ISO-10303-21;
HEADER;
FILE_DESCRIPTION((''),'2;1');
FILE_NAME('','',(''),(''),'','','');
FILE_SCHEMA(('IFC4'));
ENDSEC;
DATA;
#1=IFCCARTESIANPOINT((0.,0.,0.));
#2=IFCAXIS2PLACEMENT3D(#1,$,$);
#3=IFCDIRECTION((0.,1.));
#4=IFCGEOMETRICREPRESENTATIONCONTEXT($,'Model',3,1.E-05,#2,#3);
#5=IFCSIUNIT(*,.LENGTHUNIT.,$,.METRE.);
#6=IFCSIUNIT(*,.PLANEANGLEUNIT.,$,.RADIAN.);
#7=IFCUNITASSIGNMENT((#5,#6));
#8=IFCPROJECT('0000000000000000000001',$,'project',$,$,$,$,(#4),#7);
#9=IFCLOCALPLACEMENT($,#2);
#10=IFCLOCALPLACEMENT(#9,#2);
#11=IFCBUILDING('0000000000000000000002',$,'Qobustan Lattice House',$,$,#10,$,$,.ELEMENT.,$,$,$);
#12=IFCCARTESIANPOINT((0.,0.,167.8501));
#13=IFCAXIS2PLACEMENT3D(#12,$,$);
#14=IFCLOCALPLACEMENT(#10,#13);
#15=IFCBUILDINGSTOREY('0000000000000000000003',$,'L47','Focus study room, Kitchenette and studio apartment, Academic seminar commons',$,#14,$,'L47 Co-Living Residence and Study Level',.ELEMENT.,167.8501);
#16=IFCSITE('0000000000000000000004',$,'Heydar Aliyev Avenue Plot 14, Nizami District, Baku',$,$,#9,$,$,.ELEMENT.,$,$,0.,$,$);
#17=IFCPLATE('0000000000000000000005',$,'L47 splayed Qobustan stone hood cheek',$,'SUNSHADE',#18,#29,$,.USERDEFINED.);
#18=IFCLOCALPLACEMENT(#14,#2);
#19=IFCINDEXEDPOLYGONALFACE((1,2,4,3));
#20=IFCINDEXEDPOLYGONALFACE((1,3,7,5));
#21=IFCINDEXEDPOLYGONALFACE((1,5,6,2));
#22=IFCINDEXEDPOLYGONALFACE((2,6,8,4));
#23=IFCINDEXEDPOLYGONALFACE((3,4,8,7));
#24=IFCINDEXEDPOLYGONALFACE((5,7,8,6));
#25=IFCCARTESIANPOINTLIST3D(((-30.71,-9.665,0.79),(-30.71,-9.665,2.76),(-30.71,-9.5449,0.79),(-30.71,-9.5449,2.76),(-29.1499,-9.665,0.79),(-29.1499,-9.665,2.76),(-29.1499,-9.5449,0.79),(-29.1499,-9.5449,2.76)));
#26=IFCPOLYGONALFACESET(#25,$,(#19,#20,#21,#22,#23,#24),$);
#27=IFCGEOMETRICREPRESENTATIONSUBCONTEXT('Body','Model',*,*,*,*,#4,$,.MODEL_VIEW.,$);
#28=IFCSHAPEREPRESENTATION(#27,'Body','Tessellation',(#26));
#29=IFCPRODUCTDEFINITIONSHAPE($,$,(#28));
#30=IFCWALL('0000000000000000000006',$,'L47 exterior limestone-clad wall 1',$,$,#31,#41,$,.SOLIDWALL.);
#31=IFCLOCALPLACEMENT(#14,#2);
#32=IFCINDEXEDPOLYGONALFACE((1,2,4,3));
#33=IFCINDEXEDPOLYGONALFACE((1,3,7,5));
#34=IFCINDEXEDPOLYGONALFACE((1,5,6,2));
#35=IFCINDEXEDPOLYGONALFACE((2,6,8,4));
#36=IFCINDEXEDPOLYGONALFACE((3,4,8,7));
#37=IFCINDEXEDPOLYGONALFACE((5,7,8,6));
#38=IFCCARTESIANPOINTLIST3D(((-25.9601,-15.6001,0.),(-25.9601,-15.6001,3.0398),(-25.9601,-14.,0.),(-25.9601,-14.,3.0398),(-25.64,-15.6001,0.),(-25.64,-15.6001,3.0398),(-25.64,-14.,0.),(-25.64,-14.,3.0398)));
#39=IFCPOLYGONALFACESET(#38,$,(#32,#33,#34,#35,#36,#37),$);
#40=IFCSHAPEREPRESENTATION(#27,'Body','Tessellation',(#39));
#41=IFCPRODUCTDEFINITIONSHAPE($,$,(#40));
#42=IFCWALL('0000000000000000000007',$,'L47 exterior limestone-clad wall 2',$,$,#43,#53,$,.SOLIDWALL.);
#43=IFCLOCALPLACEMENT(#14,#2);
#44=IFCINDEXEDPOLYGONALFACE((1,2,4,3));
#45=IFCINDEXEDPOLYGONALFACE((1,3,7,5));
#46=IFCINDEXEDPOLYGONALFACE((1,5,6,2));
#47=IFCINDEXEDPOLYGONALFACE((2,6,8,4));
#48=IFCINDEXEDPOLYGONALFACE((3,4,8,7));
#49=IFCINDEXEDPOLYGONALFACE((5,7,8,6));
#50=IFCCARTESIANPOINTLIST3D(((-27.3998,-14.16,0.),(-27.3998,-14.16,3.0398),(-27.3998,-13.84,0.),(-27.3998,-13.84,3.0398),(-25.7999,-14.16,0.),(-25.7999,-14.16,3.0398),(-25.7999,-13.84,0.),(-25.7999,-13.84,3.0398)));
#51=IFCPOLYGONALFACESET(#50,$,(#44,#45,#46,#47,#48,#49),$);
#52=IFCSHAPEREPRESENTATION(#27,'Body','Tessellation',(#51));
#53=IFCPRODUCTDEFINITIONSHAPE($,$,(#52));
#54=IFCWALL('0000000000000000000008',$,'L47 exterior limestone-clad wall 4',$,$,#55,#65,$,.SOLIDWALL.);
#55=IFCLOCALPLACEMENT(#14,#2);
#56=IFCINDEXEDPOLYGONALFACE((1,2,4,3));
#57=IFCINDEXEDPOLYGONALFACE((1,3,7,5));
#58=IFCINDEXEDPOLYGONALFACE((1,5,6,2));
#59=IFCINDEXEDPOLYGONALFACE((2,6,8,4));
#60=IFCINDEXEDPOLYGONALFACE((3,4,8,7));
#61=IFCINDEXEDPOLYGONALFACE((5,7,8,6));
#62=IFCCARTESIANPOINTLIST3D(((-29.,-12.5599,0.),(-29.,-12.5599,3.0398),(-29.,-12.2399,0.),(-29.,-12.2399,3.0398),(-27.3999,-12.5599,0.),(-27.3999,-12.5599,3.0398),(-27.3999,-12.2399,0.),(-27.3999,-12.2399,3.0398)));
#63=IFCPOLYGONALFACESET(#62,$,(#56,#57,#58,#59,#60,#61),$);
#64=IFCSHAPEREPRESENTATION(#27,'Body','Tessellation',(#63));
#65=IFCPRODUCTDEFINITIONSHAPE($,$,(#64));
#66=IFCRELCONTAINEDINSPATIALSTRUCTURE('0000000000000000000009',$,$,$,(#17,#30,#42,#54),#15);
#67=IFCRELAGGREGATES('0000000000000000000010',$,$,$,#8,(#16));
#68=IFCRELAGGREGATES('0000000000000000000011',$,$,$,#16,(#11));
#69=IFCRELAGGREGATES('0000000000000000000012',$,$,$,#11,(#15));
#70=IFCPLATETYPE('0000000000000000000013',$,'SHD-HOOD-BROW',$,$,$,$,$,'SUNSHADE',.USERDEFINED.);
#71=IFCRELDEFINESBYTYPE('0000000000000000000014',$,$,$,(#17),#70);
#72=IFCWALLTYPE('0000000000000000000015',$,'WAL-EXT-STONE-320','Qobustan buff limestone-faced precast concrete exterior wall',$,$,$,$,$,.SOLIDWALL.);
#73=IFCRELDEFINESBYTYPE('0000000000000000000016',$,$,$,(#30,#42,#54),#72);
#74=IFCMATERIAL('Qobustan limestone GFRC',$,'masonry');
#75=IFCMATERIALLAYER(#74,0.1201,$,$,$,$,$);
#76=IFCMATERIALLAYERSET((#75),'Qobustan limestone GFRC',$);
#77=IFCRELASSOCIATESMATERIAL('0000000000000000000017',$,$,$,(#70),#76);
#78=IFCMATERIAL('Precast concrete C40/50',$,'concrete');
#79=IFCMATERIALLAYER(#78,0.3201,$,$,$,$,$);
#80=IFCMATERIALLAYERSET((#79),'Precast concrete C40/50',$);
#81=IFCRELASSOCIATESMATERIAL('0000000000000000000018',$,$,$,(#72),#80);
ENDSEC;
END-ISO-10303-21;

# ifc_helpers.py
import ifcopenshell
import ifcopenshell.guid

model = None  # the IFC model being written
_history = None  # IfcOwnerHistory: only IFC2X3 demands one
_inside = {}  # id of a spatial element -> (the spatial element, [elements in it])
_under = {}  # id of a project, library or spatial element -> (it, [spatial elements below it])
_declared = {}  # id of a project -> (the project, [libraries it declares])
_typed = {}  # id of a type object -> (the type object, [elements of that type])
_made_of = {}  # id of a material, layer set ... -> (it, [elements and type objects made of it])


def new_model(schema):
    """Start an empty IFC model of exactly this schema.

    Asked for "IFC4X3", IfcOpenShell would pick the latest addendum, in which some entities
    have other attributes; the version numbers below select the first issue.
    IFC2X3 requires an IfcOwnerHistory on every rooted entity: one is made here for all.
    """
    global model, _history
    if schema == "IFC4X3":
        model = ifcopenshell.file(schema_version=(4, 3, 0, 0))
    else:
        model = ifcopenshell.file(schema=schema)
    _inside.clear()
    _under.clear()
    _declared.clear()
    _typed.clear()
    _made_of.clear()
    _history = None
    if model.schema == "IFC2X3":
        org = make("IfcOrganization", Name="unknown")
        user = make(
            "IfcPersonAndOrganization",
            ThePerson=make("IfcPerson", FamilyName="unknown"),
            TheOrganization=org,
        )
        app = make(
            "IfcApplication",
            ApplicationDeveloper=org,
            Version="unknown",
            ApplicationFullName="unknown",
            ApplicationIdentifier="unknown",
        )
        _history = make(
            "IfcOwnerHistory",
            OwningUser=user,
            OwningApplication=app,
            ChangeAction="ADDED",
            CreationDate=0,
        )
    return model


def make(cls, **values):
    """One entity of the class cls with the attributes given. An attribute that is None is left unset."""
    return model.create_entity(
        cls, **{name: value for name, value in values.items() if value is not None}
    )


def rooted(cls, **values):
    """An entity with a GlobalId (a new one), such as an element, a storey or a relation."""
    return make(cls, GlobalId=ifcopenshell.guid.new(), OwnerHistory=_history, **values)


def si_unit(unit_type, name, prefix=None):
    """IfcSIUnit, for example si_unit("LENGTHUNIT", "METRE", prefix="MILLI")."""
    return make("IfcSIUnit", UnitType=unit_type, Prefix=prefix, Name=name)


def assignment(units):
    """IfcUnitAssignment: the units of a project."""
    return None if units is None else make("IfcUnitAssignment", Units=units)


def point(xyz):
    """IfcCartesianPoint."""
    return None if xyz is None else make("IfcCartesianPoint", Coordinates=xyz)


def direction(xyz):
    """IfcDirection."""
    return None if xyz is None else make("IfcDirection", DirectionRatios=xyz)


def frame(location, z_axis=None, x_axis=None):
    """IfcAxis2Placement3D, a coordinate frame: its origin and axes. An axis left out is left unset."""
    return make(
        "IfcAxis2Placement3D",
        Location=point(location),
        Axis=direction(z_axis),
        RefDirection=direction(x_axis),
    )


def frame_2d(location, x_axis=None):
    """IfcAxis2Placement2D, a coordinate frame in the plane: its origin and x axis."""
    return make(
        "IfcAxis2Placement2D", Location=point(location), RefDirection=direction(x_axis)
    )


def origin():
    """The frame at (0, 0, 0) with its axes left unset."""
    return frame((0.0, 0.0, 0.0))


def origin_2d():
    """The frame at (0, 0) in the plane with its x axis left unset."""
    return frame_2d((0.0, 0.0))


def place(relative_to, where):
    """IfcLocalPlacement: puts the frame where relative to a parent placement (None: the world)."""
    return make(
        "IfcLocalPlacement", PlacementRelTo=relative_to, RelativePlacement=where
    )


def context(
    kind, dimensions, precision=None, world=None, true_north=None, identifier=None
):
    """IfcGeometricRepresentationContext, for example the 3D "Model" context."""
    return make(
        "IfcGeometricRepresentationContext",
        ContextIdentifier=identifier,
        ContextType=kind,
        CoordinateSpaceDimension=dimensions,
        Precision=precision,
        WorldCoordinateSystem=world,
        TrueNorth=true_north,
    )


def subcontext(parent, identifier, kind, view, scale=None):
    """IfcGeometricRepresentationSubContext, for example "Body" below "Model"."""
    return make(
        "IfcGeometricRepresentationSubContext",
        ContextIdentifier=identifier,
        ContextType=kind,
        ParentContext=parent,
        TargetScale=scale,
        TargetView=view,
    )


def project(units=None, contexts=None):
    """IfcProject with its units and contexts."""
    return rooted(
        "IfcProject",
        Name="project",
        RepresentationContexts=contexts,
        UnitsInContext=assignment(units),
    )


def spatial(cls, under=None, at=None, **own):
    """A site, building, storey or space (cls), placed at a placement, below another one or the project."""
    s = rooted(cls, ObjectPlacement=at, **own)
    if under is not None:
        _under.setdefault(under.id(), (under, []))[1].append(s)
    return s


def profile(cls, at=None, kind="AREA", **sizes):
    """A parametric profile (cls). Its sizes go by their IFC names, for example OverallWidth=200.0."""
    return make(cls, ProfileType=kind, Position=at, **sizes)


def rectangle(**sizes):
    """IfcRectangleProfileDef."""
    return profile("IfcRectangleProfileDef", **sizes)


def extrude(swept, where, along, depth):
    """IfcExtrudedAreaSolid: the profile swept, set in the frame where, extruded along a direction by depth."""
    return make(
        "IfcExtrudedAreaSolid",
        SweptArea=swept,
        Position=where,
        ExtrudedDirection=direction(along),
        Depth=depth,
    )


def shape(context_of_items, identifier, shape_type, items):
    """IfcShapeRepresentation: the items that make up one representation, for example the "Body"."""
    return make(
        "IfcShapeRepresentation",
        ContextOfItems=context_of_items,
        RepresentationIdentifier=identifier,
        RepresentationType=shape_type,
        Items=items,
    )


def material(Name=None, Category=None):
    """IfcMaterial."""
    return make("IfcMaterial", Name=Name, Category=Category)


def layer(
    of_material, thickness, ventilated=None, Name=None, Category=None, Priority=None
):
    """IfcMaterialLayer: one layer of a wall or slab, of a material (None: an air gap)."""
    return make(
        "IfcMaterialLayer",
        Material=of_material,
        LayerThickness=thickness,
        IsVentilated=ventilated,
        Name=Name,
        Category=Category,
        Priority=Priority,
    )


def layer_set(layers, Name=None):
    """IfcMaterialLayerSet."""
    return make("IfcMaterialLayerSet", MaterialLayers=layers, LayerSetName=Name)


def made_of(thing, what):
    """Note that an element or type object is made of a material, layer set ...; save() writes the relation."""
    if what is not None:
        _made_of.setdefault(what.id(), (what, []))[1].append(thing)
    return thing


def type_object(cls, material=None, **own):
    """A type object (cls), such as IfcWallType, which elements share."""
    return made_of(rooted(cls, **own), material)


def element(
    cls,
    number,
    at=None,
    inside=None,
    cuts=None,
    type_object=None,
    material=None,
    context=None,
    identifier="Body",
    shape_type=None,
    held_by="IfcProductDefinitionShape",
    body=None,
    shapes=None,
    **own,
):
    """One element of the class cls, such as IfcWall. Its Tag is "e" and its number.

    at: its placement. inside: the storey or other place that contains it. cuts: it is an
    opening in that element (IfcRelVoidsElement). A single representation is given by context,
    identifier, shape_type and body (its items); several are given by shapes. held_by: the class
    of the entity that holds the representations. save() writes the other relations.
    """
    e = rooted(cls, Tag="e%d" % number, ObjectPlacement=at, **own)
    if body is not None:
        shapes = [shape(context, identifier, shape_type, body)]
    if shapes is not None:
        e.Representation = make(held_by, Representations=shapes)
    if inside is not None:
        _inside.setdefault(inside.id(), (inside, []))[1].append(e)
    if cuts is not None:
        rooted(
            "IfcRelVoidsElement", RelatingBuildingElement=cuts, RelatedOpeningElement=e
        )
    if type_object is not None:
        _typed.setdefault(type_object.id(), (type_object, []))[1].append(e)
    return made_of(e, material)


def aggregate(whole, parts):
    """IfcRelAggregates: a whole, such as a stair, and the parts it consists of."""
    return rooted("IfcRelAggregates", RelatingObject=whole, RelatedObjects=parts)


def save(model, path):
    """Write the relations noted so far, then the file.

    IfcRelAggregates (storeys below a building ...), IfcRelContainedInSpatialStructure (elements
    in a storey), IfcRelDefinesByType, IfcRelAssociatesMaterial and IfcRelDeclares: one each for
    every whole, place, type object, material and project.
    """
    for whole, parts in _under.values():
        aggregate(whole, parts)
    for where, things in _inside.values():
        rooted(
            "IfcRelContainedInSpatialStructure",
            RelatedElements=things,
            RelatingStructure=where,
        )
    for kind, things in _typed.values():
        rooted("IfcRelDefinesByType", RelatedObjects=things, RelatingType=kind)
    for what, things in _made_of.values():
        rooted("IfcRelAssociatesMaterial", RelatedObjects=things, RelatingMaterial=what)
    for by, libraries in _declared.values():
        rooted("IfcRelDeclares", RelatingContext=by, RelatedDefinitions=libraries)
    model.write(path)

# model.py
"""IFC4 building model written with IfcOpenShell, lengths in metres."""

from ifc_helpers import new_model, si_unit, direction, frame, frame_2d, origin, origin_2d, place, context, subcontext, project, spatial, rectangle, extrude, material, layer, layer_set, type_object, element, save


model = new_model("IFC4")

# Units and contexts
model_context = context("Model", 3, precision=1e-05, world=origin(), true_north=direction((0.0, 1.0)))
body_context = subcontext(model_context, "Body", "Model", "MODEL_VIEW")
ifc_project = project(units=[si_unit("LENGTHUNIT", "METRE"), si_unit("PLANEANGLEUNIT", "RADIAN")], contexts=[model_context])

# Site, building, storey
site_placement = place(None, origin())
site = spatial("IfcSite", under=ifc_project, at=site_placement, Name="Heydar Aliyev Avenue Plot 14, Nizami District, Baku", CompositionType="ELEMENT", RefElevation=0.0)
building_placement = place(site_placement, origin())
building = spatial("IfcBuilding", under=site, at=building_placement, Name="Qobustan Lattice House", CompositionType="ELEMENT")
storey_placement = place(building_placement, frame((0.0, 0.0, 167.8501)))
storey = spatial("IfcBuildingStorey", under=building, at=storey_placement, Name="L47", Description="Focus study room, Kitchenette and studio apartment, Academic seminar commons", LongName="L47 Co-Living Residence and Study Level", CompositionType="ELEMENT", Elevation=167.8501)

# Plate
ifc_material_1 = material(Name="Qobustan limestone GFRC", Category="masonry")
ifc_layer_1 = layer(ifc_material_1, 0.1201)
ifc_layer_set_1 = layer_set([ifc_layer_1], Name="Qobustan limestone GFRC")
plate_type_1 = type_object("IfcPlateType", Name="SHD-HOOD-BROW", ElementType="SUNSHADE", PredefinedType="USERDEFINED", material=ifc_layer_set_1)
plate_1_placement = place(storey_placement, frame((-29.9299, -9.605, 0.79), z_axis=(0.0, 0.0, 1.0), x_axis=(0.0, 1.0, 0.0)))
element("IfcPlate", 1, at=plate_1_placement, inside=storey, type_object=plate_type_1, Name="L47 splayed Qobustan stone hood cheek", ObjectType="SUNSHADE", PredefinedType="USERDEFINED", context=body_context, shape_type="SweptSolid", body=[
    extrude(rectangle(XDim=0.1201, YDim=1.5601, at=origin_2d()), origin(), (0.0, 0.0, 1.0), 1.97),
])

# Walls
ifc_material_2 = material(Name="Precast concrete C40/50", Category="concrete")
ifc_layer_2 = layer(ifc_material_2, 0.3201)
ifc_layer_set_2 = layer_set([ifc_layer_2], Name="Precast concrete C40/50")
wall_type = type_object("IfcWallType", Name="WAL-EXT-STONE-320", Description="Qobustan buff limestone-faced precast concrete exterior wall", PredefinedType="SOLIDWALL", material=ifc_layer_set_2)
wall_1_placement = place(storey_placement, frame((-25.8, -15.6001, 0.0), z_axis=(0.0, 0.0, 1.0), x_axis=(0.0, 1.0, 0.0)))
element("IfcWall", 2, at=wall_1_placement, inside=storey, type_object=wall_type, Name="L47 exterior limestone-clad wall 1", PredefinedType="SOLIDWALL", context=body_context, shape_type="SweptSolid", body=[
    extrude(rectangle(XDim=1.6001, YDim=0.3201, at=frame_2d((0.8, 0.0))), origin(), (0.0, 0.0, 1.0), 3.0398),
])
wall_2_placement = place(storey_placement, frame((-25.8, -14.0, 0.0), z_axis=(0.0, 0.0, 1.0), x_axis=(-1.0, 0.0, 0.0)))
element("IfcWall", 3, at=wall_2_placement, inside=storey, type_object=wall_type, Name="L47 exterior limestone-clad wall 2", PredefinedType="SOLIDWALL", context=body_context, shape_type="SweptSolid", body=[
    extrude(rectangle(XDim=1.5999, YDim=0.3201, at=frame_2d((0.7998, 0.0))), origin(), (0.0, 0.0, 1.0), 3.0398),
])
wall_3_placement = place(storey_placement, frame((-27.3999, -12.3999, 0.0), z_axis=(0.0, 0.0, 1.0), x_axis=(-1.0, 0.0, 0.0)))
element("IfcWall", 4, at=wall_3_placement, inside=storey, type_object=wall_type, Name="L47 exterior limestone-clad wall 4", PredefinedType="SOLIDWALL", context=body_context, shape_type="SweptSolid", body=[
    extrude(rectangle(XDim=1.6001, YDim=0.3201, at=frame_2d((0.8, 0.0))), origin(), (0.0, 0.0, 1.0), 3.0398),
])

save(model, "model.ifc")
